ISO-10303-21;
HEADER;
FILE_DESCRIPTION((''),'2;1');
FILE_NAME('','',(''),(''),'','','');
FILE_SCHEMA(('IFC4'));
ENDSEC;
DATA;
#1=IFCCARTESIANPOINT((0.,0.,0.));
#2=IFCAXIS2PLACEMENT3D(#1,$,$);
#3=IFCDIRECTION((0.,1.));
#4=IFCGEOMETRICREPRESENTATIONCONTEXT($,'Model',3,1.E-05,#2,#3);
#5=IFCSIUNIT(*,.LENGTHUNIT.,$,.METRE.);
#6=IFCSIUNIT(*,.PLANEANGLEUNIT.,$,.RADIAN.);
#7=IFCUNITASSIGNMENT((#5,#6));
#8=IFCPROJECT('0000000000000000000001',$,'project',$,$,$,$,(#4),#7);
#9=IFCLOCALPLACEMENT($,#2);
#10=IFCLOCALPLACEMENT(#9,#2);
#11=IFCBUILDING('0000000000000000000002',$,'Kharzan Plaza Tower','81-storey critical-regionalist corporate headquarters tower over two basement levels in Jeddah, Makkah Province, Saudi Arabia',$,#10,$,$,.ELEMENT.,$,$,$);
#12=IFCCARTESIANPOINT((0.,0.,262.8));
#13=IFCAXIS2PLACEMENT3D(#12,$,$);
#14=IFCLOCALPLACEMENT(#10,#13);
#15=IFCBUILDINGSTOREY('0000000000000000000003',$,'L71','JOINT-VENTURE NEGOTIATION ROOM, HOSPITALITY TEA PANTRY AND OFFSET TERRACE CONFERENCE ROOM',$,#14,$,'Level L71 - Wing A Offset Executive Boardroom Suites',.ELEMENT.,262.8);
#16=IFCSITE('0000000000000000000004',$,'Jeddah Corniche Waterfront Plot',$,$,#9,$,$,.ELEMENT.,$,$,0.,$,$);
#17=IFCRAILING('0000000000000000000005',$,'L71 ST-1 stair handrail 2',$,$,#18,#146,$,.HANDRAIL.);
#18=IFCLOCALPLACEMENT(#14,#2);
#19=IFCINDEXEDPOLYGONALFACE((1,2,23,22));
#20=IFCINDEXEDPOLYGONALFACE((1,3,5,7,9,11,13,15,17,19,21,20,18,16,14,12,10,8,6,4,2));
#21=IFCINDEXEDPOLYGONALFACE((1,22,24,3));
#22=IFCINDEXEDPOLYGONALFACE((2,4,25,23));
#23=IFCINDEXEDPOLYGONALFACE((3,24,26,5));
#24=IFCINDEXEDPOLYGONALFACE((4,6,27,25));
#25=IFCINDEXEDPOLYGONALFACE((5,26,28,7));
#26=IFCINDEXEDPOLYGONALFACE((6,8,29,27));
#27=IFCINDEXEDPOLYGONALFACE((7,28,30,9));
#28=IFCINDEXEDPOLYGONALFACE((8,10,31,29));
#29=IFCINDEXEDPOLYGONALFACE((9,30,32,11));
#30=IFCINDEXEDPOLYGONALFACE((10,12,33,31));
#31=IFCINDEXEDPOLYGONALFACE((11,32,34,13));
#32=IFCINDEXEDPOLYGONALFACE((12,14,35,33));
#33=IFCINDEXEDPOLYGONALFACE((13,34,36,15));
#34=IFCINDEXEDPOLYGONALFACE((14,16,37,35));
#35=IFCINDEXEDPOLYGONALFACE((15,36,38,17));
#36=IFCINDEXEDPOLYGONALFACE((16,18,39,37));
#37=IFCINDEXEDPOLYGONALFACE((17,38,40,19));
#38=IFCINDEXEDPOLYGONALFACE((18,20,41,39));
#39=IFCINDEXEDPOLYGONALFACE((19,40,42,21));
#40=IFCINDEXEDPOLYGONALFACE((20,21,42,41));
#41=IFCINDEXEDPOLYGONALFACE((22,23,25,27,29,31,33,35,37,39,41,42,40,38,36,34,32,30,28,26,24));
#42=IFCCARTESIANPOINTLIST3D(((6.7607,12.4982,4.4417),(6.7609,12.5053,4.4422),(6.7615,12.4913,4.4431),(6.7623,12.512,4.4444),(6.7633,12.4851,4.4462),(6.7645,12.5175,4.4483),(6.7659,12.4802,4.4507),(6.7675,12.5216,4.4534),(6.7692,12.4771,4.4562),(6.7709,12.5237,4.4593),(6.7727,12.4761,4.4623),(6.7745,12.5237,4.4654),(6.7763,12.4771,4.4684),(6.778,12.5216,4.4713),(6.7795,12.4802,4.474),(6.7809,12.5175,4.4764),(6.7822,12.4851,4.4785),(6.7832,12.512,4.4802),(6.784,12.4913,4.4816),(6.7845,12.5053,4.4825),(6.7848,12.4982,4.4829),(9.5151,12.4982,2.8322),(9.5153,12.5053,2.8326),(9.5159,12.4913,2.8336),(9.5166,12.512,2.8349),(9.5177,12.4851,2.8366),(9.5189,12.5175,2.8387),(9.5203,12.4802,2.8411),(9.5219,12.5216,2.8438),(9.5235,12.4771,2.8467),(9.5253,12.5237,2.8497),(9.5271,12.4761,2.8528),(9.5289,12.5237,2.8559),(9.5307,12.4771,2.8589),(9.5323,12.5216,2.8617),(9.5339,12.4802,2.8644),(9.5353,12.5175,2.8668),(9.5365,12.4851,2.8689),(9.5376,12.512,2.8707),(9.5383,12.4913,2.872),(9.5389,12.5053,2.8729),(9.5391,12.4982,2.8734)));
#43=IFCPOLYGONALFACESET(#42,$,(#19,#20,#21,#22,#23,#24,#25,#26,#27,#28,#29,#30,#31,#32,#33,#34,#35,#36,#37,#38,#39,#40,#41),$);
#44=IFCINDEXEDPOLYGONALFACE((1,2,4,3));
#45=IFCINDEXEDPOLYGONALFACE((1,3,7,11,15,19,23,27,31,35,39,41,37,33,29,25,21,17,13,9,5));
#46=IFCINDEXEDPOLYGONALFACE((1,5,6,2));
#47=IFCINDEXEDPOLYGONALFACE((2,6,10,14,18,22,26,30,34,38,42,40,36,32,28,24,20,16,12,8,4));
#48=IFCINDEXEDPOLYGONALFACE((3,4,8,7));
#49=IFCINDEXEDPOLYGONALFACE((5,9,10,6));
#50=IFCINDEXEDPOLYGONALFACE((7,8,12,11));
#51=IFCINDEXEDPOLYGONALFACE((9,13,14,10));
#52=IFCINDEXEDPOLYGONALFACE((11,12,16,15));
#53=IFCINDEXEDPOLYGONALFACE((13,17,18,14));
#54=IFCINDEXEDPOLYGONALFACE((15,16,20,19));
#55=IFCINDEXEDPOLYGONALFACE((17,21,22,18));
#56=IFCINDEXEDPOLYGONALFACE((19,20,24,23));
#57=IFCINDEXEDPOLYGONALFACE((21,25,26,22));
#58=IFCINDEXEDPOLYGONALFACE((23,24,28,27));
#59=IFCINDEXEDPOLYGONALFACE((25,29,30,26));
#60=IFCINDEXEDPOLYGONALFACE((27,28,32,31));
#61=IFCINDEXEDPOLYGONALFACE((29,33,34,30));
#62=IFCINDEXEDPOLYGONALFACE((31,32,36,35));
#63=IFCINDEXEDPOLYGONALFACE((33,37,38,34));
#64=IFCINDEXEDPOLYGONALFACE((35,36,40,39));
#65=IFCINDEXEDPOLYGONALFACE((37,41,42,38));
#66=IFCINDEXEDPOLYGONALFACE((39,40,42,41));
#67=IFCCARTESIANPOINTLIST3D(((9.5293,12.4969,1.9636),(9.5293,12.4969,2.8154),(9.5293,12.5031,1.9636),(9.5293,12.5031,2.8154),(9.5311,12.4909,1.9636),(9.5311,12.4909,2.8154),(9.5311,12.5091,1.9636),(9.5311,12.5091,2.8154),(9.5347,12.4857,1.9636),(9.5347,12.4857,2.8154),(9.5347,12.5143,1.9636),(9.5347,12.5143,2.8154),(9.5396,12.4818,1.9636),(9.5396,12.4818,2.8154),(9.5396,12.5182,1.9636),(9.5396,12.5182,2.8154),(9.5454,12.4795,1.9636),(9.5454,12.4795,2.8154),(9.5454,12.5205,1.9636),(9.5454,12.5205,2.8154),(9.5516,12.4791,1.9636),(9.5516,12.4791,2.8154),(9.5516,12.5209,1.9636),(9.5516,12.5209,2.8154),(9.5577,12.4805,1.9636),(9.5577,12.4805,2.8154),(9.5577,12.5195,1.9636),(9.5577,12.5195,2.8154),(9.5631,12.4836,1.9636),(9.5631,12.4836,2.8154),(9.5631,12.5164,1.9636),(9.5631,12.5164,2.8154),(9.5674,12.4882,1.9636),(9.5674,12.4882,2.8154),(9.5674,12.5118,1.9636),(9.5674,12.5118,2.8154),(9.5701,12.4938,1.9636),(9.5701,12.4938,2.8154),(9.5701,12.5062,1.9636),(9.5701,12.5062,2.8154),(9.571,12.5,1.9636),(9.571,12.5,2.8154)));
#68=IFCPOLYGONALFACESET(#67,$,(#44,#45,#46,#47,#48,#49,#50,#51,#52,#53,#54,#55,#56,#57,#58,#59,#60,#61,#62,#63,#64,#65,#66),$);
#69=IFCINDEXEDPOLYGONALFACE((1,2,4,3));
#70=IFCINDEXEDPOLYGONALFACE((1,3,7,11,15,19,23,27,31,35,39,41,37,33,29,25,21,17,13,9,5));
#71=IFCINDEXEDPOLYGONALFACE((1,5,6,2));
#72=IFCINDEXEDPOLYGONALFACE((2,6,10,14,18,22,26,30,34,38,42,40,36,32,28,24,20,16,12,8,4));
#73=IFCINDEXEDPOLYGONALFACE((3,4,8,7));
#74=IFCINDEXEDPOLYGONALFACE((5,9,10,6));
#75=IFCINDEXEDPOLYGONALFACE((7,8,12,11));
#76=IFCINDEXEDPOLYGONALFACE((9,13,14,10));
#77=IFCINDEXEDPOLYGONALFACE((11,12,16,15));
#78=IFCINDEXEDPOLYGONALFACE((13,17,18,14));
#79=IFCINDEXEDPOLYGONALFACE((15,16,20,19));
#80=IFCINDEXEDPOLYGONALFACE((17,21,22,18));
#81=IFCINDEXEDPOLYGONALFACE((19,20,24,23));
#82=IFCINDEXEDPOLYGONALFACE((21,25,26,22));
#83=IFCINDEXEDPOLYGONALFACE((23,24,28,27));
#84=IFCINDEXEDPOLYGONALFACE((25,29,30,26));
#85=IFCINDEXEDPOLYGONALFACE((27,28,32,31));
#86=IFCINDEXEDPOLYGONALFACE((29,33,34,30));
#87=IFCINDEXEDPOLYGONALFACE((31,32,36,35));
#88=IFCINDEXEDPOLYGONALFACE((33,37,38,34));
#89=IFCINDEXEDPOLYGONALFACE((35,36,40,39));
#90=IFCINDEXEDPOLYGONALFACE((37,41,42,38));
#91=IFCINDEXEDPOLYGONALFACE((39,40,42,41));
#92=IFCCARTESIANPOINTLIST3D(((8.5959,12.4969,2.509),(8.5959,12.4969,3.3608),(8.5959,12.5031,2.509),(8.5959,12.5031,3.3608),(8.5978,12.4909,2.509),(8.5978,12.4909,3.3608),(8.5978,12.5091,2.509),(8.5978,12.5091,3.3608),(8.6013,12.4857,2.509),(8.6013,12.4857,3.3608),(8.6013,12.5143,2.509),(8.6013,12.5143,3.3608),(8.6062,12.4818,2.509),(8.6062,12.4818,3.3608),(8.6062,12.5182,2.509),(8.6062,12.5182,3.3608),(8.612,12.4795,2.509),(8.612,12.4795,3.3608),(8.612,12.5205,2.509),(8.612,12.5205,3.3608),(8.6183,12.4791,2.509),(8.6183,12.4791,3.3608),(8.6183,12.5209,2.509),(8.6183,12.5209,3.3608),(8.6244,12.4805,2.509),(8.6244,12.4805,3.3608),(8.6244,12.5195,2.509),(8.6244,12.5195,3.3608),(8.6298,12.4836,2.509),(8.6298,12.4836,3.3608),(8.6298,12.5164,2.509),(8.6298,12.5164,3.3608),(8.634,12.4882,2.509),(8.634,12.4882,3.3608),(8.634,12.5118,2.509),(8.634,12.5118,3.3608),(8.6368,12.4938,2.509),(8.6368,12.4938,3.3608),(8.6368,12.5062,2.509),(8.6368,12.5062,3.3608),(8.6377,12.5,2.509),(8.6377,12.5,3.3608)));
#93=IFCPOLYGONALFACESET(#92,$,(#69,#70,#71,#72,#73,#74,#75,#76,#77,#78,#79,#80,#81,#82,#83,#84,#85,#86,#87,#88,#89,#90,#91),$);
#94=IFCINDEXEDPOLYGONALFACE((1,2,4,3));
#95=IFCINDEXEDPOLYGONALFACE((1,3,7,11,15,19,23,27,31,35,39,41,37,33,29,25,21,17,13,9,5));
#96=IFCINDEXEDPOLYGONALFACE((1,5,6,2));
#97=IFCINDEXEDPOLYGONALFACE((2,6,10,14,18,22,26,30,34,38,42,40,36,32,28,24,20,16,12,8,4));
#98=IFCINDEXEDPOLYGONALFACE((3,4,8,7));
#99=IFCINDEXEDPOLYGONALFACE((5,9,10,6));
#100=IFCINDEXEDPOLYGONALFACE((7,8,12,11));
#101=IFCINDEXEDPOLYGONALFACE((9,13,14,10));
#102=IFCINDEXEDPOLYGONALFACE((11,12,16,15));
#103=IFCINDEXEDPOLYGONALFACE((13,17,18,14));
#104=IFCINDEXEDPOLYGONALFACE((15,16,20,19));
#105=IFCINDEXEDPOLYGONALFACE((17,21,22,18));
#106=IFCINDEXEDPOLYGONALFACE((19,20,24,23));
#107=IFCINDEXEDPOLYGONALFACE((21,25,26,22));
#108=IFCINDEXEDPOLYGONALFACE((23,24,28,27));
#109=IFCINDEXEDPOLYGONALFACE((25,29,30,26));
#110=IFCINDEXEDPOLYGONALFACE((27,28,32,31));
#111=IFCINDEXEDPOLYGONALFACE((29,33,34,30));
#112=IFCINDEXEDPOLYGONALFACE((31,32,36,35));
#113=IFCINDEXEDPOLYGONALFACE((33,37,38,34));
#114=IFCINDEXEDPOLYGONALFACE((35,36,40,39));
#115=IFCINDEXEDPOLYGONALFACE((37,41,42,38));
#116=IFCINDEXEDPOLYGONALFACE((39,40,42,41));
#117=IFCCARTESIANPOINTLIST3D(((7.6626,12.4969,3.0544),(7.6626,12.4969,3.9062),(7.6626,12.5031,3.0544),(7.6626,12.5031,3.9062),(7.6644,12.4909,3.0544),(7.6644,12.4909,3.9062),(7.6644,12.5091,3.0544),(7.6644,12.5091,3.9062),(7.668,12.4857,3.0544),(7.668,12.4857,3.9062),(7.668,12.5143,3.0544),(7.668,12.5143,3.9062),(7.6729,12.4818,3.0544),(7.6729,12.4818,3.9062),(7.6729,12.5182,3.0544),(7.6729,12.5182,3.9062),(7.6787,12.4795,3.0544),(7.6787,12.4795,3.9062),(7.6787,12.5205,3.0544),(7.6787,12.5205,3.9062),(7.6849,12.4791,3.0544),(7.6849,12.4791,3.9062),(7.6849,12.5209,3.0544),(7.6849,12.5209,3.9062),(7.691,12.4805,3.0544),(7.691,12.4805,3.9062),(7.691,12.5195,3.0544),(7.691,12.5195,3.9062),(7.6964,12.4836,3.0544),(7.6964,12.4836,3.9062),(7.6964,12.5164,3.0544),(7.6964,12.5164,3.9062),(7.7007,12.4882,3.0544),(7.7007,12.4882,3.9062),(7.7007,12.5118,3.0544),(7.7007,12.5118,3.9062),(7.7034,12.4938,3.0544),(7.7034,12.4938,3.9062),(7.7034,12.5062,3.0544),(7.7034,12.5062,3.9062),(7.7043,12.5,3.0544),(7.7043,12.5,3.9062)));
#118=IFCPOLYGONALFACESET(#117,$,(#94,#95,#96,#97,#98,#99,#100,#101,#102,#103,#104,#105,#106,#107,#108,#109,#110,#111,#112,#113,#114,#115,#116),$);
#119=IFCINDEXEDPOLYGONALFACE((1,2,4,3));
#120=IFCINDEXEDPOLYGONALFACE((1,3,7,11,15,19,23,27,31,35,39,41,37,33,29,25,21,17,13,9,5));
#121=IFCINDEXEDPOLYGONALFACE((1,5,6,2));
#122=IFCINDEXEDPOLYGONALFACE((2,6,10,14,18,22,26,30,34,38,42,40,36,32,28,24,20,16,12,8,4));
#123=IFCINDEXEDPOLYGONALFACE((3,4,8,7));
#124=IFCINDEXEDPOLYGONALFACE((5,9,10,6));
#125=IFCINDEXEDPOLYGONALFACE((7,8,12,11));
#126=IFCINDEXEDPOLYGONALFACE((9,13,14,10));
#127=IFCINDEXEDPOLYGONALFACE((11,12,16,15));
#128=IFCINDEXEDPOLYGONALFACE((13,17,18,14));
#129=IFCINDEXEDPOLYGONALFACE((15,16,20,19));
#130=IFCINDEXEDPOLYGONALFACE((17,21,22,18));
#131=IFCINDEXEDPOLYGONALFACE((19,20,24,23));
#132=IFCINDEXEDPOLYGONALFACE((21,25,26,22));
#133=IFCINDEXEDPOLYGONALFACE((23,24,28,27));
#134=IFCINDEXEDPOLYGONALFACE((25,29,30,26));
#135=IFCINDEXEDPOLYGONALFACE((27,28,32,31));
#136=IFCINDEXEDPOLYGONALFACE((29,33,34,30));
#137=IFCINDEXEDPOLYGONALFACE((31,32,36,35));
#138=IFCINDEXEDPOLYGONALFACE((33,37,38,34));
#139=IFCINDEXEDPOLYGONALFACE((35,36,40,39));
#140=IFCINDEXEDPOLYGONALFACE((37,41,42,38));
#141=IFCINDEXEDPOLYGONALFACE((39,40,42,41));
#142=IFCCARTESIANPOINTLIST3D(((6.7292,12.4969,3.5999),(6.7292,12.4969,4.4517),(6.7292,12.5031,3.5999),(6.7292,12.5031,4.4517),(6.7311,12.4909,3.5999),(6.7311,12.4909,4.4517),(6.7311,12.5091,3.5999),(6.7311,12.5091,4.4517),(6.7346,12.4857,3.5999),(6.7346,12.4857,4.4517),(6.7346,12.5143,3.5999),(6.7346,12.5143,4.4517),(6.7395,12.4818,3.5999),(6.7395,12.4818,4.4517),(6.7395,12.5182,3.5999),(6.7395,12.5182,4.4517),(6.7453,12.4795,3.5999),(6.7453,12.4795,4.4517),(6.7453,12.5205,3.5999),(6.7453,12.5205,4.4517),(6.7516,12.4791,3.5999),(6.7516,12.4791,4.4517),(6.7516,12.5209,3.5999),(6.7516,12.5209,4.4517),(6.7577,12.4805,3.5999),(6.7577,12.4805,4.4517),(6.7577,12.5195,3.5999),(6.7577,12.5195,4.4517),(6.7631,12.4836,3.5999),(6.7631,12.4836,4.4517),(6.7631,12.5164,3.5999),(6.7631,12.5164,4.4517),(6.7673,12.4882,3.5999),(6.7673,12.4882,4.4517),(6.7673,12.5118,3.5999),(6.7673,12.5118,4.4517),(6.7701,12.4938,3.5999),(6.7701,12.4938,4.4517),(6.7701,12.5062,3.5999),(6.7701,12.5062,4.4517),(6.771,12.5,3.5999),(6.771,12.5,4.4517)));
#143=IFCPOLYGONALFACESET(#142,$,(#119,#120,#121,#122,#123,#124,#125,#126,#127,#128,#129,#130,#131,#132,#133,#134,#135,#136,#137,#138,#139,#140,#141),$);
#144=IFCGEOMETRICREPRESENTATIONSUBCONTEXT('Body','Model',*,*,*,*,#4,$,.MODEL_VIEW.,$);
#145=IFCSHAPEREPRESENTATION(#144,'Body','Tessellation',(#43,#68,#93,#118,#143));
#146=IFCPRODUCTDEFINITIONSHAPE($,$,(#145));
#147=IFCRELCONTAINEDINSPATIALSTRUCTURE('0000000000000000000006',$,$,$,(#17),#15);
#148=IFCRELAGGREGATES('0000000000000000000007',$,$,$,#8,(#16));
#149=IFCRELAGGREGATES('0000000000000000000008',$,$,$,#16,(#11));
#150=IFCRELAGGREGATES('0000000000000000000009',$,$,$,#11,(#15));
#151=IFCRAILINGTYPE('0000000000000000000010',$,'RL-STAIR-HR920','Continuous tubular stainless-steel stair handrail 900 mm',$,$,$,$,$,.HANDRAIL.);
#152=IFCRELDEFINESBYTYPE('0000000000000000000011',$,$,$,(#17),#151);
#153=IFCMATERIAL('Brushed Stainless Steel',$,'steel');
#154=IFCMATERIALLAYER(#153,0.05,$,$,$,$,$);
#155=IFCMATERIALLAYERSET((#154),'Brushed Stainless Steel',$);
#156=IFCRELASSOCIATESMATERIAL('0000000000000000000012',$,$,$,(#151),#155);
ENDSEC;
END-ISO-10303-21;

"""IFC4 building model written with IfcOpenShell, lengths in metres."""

from ifc_helpers import new_model, si_unit, direction, frame, origin, origin_2d, place, context, subcontext, project, spatial, circle, extrude, source, transform, mapped, material, layer, layer_set, type_object, element, save


model = new_model("IFC4")

# Units and contexts
model_context = context("Model", 3, precision=1e-05, world=origin(), true_north=direction((0.0, 1.0)))
body_context = subcontext(model_context, "Body", "Model", "MODEL_VIEW")
ifc_project = project(units=[si_unit("LENGTHUNIT", "METRE"), si_unit("PLANEANGLEUNIT", "RADIAN")], contexts=[model_context])

# Site, building, storey
site_placement = place(None, origin())
site = spatial("IfcSite", under=ifc_project, at=site_placement, Name="Jeddah Corniche Waterfront Plot", CompositionType="ELEMENT", RefElevation=0.0)
building_placement = place(site_placement, origin())
building = spatial("IfcBuilding", under=site, at=building_placement, Name="Kharzan Plaza Tower", Description="81-storey critical-regionalist corporate headquarters tower over two basement levels in Jeddah, Makkah Province, Saudi Arabia", CompositionType="ELEMENT")
storey_placement = place(building_placement, frame((0.0, 0.0, 262.8)))
storey = spatial("IfcBuildingStorey", under=building, at=storey_placement, Name="L71", Description="JOINT-VENTURE NEGOTIATION ROOM, HOSPITALITY TEA PANTRY AND OFFSET TERRACE CONFERENCE ROOM", LongName="Level L71 - Wing A Offset Executive Boardroom Suites", CompositionType="ELEMENT", Elevation=262.8)

# Shared definitions
ifc_material_1 = material(Name="Brushed Stainless Steel", Category="steel")

# Railing
ifc_layer_1 = layer(ifc_material_1, 0.05)
ifc_layer_set_1 = layer_set([ifc_layer_1], Name="Brushed Stainless Steel")
railing_type_1 = type_object("IfcRailingType", Name="RL-STAIR-HR920", Description="Continuous tubular stainless-steel stair handrail 900 mm", PredefinedType="HANDRAIL", material=ifc_layer_set_1)
shared_shape_1 = source(origin(), body_context, "Body", "SweptSolid", [
    extrude(circle(Radius=0.0239, at=origin_2d()), frame((-0.0229, 0.0, 0.8892), z_axis=(-0.863394, 0.0, 0.504531), x_axis=(0.0, -1.0, 0.0)), (0.0, 0.0, 1.0), 3.1902),
    extrude(circle(Radius=0.021, at=origin_2d()), origin(), (0.0, 0.0, 1.0), 0.8518),
    extrude(circle(Radius=0.021, at=origin_2d()), frame((-0.9333, 0.0, 0.5454)), (0.0, 0.0, 1.0), 0.8518),
    extrude(circle(Radius=0.021, at=origin_2d()), frame((-1.8667, 0.0, 1.0908)), (0.0, 0.0, 1.0), 0.8518),
    extrude(circle(Radius=0.021, at=origin_2d()), frame((-2.8, 0.0, 1.6362)), (0.0, 0.0, 1.0), 0.8518),
])
railing_1_placement = place(storey_placement, frame((9.55, 12.5, 1.9636)))
element("IfcRailing", 1, at=railing_1_placement, inside=storey, type_object=railing_type_1, Name="L71 ST-1 stair handrail 2", PredefinedType="HANDRAIL", context=body_context, shape_type="MappedRepresentation", body=[
    mapped(shared_shape_1, transform((0.0, 0.0, 0.0), x_axis=(1.0, 0.0, 0.0), y_axis=(0.0, 1.0, 0.0), z_axis=(0.0, 0.0, 1.0))),
])

save(model, "model.ifc")
